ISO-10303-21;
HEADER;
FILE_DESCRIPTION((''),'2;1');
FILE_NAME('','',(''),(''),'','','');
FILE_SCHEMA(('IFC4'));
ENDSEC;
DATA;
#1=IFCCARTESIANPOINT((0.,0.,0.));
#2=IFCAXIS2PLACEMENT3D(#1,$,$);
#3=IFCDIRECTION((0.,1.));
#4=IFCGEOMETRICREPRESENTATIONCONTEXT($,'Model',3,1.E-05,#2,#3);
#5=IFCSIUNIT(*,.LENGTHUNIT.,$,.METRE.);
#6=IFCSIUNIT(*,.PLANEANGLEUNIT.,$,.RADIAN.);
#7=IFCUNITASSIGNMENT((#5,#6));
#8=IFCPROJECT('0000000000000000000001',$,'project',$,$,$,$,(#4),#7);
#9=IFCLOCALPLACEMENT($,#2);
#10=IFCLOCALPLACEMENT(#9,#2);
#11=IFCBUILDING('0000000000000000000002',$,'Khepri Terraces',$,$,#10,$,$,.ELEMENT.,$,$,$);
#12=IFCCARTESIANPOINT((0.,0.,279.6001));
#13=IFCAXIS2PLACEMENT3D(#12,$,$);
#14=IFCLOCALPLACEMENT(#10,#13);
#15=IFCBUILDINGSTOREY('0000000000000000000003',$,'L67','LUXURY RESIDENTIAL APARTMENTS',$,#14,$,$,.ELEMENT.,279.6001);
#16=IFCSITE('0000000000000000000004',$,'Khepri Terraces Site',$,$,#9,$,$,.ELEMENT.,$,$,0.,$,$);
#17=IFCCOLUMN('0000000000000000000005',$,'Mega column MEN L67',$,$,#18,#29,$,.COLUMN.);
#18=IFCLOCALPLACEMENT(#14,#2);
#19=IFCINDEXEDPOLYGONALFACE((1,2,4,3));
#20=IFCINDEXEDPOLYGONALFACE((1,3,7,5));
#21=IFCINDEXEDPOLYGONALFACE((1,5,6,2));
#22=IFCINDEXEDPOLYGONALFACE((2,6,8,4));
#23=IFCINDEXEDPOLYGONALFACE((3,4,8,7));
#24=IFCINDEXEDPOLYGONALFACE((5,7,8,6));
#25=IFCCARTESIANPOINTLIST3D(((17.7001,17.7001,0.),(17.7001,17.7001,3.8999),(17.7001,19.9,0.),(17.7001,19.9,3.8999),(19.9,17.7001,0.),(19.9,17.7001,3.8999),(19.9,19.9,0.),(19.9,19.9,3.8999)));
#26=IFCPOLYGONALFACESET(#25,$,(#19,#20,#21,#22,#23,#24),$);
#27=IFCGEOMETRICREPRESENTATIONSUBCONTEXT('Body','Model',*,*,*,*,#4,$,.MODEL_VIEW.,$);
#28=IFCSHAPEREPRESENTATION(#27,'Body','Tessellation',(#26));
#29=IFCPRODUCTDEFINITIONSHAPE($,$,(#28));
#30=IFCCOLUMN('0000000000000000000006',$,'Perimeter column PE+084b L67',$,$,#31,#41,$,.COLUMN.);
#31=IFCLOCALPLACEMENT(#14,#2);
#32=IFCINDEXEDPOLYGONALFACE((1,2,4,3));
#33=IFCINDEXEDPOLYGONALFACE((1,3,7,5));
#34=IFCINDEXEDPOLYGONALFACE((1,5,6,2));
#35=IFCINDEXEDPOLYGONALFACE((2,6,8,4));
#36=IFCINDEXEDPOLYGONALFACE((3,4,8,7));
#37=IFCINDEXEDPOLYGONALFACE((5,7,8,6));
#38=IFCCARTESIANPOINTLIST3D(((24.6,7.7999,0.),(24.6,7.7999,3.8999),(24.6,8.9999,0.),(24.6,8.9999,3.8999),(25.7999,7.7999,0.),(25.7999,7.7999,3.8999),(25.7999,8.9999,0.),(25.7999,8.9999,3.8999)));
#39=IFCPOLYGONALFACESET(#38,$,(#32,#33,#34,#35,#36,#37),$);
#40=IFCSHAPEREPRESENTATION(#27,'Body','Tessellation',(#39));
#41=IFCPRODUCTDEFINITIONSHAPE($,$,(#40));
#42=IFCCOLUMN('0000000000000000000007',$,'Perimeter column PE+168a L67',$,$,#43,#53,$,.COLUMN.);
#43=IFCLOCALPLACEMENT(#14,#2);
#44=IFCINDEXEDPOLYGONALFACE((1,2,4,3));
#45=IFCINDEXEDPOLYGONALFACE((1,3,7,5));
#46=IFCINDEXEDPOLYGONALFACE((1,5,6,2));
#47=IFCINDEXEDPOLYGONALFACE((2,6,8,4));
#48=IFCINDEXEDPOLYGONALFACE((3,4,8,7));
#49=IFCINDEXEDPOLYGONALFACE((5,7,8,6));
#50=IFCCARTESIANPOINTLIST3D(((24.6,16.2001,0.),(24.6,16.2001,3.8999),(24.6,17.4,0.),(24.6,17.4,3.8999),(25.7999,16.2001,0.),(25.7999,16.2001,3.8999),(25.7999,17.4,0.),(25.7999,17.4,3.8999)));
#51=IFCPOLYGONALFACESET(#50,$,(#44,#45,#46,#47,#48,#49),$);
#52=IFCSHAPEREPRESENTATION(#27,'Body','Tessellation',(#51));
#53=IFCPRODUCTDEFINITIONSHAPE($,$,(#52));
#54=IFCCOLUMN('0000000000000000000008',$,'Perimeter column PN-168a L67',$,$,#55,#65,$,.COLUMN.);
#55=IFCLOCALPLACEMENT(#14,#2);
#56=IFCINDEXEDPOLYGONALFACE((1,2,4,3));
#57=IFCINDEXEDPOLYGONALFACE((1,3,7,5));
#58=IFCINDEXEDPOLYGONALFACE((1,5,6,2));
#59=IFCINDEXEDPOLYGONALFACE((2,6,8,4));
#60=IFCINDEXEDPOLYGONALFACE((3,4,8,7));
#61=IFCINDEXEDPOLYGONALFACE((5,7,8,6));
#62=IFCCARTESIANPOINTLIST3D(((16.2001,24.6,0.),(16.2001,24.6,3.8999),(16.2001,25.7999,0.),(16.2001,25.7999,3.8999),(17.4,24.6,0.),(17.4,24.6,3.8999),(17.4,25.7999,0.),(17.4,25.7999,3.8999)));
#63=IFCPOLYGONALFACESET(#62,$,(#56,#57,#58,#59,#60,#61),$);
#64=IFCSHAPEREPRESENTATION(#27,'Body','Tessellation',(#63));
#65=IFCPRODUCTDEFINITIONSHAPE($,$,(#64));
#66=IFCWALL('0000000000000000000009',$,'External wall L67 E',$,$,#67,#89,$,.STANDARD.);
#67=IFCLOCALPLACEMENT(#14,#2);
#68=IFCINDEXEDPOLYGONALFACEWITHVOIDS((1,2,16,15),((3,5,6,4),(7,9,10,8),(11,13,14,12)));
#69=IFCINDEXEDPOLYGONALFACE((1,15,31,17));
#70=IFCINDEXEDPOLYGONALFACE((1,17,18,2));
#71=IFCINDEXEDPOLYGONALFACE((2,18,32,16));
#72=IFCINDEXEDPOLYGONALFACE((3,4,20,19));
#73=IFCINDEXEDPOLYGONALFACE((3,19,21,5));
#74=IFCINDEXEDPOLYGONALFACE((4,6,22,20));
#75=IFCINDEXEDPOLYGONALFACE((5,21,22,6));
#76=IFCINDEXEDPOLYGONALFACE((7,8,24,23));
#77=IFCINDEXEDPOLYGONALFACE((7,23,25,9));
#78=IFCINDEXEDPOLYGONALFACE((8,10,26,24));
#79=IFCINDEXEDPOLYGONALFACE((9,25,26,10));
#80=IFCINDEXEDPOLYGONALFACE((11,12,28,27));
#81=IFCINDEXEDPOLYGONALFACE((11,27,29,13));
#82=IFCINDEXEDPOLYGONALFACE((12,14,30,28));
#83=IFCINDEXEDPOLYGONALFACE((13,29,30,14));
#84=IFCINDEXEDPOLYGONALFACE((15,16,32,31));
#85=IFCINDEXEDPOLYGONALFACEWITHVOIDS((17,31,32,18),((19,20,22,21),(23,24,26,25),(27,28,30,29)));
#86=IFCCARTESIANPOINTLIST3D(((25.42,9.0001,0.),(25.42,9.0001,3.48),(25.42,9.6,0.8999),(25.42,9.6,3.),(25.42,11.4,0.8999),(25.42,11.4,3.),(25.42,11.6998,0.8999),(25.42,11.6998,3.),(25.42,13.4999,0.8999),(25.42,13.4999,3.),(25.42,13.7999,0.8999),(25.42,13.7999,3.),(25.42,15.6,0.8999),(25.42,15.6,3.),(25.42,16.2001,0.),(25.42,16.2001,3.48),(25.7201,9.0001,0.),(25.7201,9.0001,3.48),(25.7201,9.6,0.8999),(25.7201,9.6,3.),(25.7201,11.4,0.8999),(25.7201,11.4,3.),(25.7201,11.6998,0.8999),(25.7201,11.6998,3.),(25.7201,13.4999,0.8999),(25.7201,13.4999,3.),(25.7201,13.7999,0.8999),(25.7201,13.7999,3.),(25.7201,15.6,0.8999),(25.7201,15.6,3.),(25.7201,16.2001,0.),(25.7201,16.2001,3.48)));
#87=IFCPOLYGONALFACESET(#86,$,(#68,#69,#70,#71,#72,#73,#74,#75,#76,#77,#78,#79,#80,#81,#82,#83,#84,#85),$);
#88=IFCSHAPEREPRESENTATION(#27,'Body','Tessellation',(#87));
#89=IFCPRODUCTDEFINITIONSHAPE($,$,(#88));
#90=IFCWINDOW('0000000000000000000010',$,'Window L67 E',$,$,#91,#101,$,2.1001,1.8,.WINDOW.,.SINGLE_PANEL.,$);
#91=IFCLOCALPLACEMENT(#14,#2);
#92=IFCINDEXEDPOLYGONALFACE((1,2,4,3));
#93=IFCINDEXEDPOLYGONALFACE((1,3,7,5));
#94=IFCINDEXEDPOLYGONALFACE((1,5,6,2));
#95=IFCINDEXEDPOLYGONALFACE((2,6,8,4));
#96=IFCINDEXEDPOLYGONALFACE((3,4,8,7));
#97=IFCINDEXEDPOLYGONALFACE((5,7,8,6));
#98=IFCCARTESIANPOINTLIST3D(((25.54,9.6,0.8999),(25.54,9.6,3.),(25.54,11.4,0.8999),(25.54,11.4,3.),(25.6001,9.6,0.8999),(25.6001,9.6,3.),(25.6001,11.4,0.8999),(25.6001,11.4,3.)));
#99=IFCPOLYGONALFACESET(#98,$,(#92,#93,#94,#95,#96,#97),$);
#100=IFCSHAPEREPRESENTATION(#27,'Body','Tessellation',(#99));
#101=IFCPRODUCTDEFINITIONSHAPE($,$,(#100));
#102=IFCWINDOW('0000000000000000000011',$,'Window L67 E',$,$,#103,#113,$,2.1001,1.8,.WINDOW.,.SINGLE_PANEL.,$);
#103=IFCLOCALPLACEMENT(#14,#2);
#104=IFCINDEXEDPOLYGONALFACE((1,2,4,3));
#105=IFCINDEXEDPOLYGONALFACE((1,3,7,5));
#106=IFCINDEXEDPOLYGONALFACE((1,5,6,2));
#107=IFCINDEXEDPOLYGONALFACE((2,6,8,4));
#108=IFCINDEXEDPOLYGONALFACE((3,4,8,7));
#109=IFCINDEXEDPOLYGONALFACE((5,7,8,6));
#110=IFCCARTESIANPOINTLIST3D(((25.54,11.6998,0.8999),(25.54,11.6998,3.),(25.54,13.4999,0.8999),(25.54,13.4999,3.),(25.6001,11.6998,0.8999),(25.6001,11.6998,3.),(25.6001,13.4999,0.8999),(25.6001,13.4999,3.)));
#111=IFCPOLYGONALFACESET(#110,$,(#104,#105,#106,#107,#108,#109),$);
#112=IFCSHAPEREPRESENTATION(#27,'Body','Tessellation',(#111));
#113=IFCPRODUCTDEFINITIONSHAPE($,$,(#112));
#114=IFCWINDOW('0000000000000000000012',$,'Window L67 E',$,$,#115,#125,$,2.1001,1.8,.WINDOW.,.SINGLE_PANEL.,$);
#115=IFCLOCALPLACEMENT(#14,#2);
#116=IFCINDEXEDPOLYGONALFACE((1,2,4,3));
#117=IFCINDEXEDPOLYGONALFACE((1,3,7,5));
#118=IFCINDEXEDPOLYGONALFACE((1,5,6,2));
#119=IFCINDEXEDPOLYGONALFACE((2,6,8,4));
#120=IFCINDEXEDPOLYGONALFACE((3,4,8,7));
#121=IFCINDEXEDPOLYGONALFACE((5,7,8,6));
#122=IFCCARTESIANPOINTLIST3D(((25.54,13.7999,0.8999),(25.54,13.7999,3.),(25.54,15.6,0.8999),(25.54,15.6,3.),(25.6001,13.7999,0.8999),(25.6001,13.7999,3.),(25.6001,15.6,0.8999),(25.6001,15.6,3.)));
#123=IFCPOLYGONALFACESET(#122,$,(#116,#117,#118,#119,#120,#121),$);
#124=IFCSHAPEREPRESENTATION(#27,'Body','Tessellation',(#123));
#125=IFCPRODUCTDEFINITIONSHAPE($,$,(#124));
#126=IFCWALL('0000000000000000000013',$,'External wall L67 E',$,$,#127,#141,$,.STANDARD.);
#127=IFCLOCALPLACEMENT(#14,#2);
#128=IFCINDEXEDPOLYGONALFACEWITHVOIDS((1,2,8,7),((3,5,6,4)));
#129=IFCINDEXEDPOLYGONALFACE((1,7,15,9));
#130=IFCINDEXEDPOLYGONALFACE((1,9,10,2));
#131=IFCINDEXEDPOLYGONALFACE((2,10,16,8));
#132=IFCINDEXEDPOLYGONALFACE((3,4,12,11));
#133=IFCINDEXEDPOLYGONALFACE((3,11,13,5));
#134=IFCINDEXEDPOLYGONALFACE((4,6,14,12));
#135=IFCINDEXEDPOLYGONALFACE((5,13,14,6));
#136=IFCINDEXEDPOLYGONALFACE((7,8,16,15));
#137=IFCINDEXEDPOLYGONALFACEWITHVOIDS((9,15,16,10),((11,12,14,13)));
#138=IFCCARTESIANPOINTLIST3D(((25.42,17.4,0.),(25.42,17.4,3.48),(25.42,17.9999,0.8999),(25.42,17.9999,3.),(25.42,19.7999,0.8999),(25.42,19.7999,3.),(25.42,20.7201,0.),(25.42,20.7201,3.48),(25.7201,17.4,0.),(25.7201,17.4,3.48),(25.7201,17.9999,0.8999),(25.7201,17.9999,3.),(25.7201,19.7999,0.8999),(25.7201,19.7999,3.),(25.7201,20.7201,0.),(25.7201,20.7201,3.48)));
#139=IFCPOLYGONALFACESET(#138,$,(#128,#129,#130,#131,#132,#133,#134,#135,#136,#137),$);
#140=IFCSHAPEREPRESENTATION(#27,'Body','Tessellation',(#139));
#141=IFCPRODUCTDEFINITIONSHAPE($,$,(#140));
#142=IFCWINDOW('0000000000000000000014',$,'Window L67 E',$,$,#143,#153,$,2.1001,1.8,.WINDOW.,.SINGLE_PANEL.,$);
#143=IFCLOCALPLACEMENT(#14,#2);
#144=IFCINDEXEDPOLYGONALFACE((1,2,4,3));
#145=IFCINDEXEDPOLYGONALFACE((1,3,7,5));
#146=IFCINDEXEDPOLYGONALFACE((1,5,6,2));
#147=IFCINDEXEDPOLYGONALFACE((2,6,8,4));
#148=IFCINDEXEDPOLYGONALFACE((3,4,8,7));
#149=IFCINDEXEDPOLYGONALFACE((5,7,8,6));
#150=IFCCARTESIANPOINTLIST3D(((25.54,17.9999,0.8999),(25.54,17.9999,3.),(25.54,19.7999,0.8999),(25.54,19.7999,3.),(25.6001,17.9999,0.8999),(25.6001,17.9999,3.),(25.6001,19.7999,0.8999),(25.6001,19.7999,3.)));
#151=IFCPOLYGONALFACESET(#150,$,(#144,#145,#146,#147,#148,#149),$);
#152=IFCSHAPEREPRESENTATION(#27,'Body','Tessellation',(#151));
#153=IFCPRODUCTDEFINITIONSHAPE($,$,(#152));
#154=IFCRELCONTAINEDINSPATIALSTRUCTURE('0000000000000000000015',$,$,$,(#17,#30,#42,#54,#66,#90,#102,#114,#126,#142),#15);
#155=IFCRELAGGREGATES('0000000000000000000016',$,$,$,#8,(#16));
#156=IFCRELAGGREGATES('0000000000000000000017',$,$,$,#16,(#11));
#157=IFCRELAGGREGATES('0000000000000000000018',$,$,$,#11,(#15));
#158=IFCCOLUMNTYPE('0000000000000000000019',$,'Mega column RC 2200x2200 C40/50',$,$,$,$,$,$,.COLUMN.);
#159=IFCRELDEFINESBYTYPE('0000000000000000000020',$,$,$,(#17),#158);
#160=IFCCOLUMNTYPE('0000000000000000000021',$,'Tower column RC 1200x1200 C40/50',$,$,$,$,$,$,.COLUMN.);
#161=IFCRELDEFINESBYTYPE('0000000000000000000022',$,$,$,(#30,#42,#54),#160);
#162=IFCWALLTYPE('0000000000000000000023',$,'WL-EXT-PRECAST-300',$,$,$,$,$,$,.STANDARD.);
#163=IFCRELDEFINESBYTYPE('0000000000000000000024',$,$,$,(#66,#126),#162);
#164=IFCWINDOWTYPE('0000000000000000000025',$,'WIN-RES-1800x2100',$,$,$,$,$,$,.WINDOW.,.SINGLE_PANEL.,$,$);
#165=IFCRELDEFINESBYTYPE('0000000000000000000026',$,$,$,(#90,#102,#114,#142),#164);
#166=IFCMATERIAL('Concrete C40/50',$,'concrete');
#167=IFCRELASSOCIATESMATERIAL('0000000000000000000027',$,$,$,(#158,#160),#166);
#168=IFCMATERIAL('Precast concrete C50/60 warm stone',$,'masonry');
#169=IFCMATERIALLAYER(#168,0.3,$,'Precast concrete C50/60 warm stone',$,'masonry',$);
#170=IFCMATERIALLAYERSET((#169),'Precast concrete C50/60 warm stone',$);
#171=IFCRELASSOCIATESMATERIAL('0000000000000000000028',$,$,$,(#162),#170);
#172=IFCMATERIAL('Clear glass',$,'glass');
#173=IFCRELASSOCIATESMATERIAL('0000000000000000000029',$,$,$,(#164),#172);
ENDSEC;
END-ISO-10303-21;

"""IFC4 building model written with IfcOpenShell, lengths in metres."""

from ifc_helpers import new_model, si_unit, direction, frame, frame_2d, origin, origin_2d, place, context, subcontext, project, spatial, rectangle, extrude, material, layer, layer_set, material_profile, profile_set, type_object, element, fill, save


model = new_model("IFC4")

# Units and contexts
model_context = context("Model", 3, precision=1e-05, world=origin(), true_north=direction((0.0, 1.0)))
body_context = subcontext(model_context, "Body", "Model", "MODEL_VIEW")
ifc_project = project(units=[si_unit("LENGTHUNIT", "METRE"), si_unit("PLANEANGLEUNIT", "RADIAN")], contexts=[model_context])

# Site, building, storey
site_placement = place(None, origin())
site = spatial("IfcSite", under=ifc_project, at=site_placement, Name="Khepri Terraces Site", CompositionType="ELEMENT", RefElevation=0.0)
building_placement = place(site_placement, origin())
building = spatial("IfcBuilding", under=site, at=building_placement, Name="Khepri Terraces", CompositionType="ELEMENT")
storey_placement = place(building_placement, frame((0.0, 0.0, 279.6001)))
storey = spatial("IfcBuildingStorey", under=building, at=storey_placement, Name="L67", Description="LUXURY RESIDENTIAL APARTMENTS", CompositionType="ELEMENT", Elevation=279.6001)

# Columns
ifc_material_1 = material(Name="Concrete C40/50", Category="concrete")
ifc_material_profile_1 = material_profile(ifc_material_1, rectangle(XDim=2.2, YDim=2.2, at=origin_2d()), Name="Concrete C40/50", Category="concrete")
ifc_profile_set_1 = profile_set([ifc_material_profile_1], Name="Concrete C40/50")
column_type_1 = type_object("IfcColumnType", Name="Mega column RC 2200x2200 C40/50", PredefinedType="COLUMN", material=ifc_profile_set_1)
column_placement = place(storey_placement, frame((18.8, 18.8, 0.0), z_axis=(0.0, 0.0, 1.0), x_axis=(1.0, 0.0, 0.0)))
element("IfcColumn", 1, at=column_placement, inside=storey, type_object=column_type_1, Name="Mega column MEN L67", PredefinedType="COLUMN", context=body_context, shape_type="SweptSolid", body=[
    extrude(rectangle(XDim=2.2, YDim=2.2, at=origin_2d()), origin(), (0.0, 0.0, 1.0), 3.8999),
])
ifc_material_profile_2 = material_profile(ifc_material_1, rectangle(XDim=1.2, YDim=1.2, at=origin_2d()), Name="Concrete C40/50", Category="concrete")
ifc_profile_set_2 = profile_set([ifc_material_profile_2], Name="Concrete C40/50")
column_type_2 = type_object("IfcColumnType", Name="Tower column RC 1200x1200 C40/50", PredefinedType="COLUMN", material=ifc_profile_set_2)
for number, where, z_axis, x_axis, name in (
    (2, (25.2, 8.3999, 0.0), (0.0, 0.0, 1.0), (1.0, 0.0, 0.0), "Perimeter column PE+084b L67"),
    (3, (25.2, 16.8, 0.0), (0.0, 0.0, 1.0), (1.0, 0.0, 0.0), "Perimeter column PE+168a L67"),
    (4, (16.8, 25.2, 0.0), (0.0, 0.0, 1.0), (1.0, 0.0, 0.0), "Perimeter column PN-168a L67"),
):
    element("IfcColumn", number, at=place(storey_placement, frame(where, z_axis=z_axis, x_axis=x_axis)), inside=storey, type_object=column_type_2, Name=name, PredefinedType="COLUMN", context=body_context, shape_type="SweptSolid", body=[
        extrude(rectangle(XDim=1.2, YDim=1.2, at=origin_2d()), origin(), (0.0, 0.0, 1.0), 3.8999),
    ])

# Wall, openings, windows
ifc_material_2 = material(Name="Precast concrete C50/60 warm stone", Category="masonry")
ifc_layer_1 = layer(ifc_material_2, 0.3, Name="Precast concrete C50/60 warm stone", Category="masonry")
ifc_layer_set_1 = layer_set([ifc_layer_1], Name="Precast concrete C50/60 warm stone")
wall_type_1 = type_object("IfcWallType", Name="WL-EXT-PRECAST-300", PredefinedType="STANDARD", material=ifc_layer_set_1)
wall_1_placement = place(storey_placement, frame((25.5701, 9.0, 0.0), z_axis=(0.0, 0.0, 1.0), x_axis=(0.0, 1.0, 0.0)))
wall_1 = element("IfcWall", 5, at=wall_1_placement, inside=storey, type_object=wall_type_1, Name="External wall L67 E", PredefinedType="STANDARD", context=body_context, shape_type="SweptSolid", body=[
    extrude(rectangle(XDim=7.2, YDim=0.3, at=frame_2d((3.6001, 0.0))), origin(), (0.0, 0.0, 1.0), 3.48),
])
opening_1_placement = place(wall_1_placement, frame((0.6001, 0.0, 0.8999)))
opening_1 = element("IfcOpeningElement", 6, at=opening_1_placement, cuts=wall_1, PredefinedType="OPENING", context=body_context, shape_type="SweptSolid", body=[
    extrude(rectangle(XDim=1.8, YDim=2.1001, at=frame_2d((0.8999, 1.05))), frame((0.0, 0.1602, 0.0), z_axis=(0.0, -1.0, 0.0), x_axis=(1.0, 0.0, 0.0)), (0.0, 0.0, 1.0), 0.3201),
])
opening_2_placement = place(wall_1_placement, frame((2.7, 0.0, 0.8999)))
opening_2 = element("IfcOpeningElement", 7, at=opening_2_placement, cuts=wall_1, PredefinedType="OPENING", context=body_context, shape_type="SweptSolid", body=[
    extrude(rectangle(XDim=1.8, YDim=2.1001, at=frame_2d((0.8999, 1.05))), frame((0.0, 0.1602, 0.0), z_axis=(0.0, -1.0, 0.0), x_axis=(1.0, 0.0, 0.0)), (0.0, 0.0, 1.0), 0.3201),
])
opening_3_placement = place(wall_1_placement, frame((4.8, 0.0, 0.8999)))
opening_3 = element("IfcOpeningElement", 8, at=opening_3_placement, cuts=wall_1, PredefinedType="OPENING", context=body_context, shape_type="SweptSolid", body=[
    extrude(rectangle(XDim=1.8, YDim=2.1001, at=frame_2d((0.8999, 1.05))), frame((0.0, 0.1602, 0.0), z_axis=(0.0, -1.0, 0.0), x_axis=(1.0, 0.0, 0.0)), (0.0, 0.0, 1.0), 0.3201),
])
ifc_material_3 = material(Name="Clear glass", Category="glass")
window_type = type_object("IfcWindowType", Name="WIN-RES-1800x2100", PartitioningType="SINGLE_PANEL", PredefinedType="WINDOW", material=ifc_material_3)
window_1_placement = place(opening_1_placement, origin())
window_1 = element("IfcWindow", 9, at=window_1_placement, inside=storey, type_object=window_type, Name="Window L67 E", OverallHeight=2.1001, OverallWidth=1.8, PartitioningType="SINGLE_PANEL", PredefinedType="WINDOW", context=body_context, shape_type="SweptSolid", body=[
    extrude(rectangle(XDim=1.8, YDim=2.1001, at=frame_2d((0.8999, 1.05))), frame((0.0, 0.03, 0.0), z_axis=(0.0, -1.0, 0.0), x_axis=(1.0, 0.0, 0.0)), (0.0, 0.0, 1.0), 0.0601),
])
fill(opening_1, window_1)
window_2_placement = place(opening_2_placement, origin())
window_2 = element("IfcWindow", 10, at=window_2_placement, inside=storey, type_object=window_type, Name="Window L67 E", OverallHeight=2.1001, OverallWidth=1.8, PartitioningType="SINGLE_PANEL", PredefinedType="WINDOW", context=body_context, shape_type="SweptSolid", body=[
    extrude(rectangle(XDim=1.8, YDim=2.1001, at=frame_2d((0.8999, 1.05))), frame((0.0, 0.03, 0.0), z_axis=(0.0, -1.0, 0.0), x_axis=(1.0, 0.0, 0.0)), (0.0, 0.0, 1.0), 0.0601),
])
fill(opening_2, window_2)
window_3_placement = place(opening_3_placement, origin())
window_3 = element("IfcWindow", 11, at=window_3_placement, inside=storey, type_object=window_type, Name="Window L67 E", OverallHeight=2.1001, OverallWidth=1.8, PartitioningType="SINGLE_PANEL", PredefinedType="WINDOW", context=body_context, shape_type="SweptSolid", body=[
    extrude(rectangle(XDim=1.8, YDim=2.1001, at=frame_2d((0.8999, 1.05))), frame((0.0, 0.03, 0.0), z_axis=(0.0, -1.0, 0.0), x_axis=(1.0, 0.0, 0.0)), (0.0, 0.0, 1.0), 0.0601),
])
fill(opening_3, window_3)

# Wall, opening, window
wall_2_placement = place(storey_placement, frame((25.5701, 17.3999, 0.0), z_axis=(0.0, 0.0, 1.0), x_axis=(0.0, 1.0, 0.0)))
wall_2 = element("IfcWall", 12, at=wall_2_placement, inside=storey, type_object=wall_type_1, Name="External wall L67 E", PredefinedType="STANDARD", context=body_context, shape_type="SweptSolid", body=[
    extrude(rectangle(XDim=3.3201, YDim=0.3, at=frame_2d((1.6602, 0.0))), origin(), (0.0, 0.0, 1.0), 3.48),
])
opening_4_placement = place(wall_2_placement, frame((0.6001, 0.0, 0.8999)))
opening_4 = element("IfcOpeningElement", 13, at=opening_4_placement, cuts=wall_2, PredefinedType="OPENING", context=body_context, shape_type="SweptSolid", body=[
    extrude(rectangle(XDim=1.8, YDim=2.1001, at=frame_2d((0.8999, 1.05))), frame((0.0, 0.1602, 0.0), z_axis=(0.0, -1.0, 0.0), x_axis=(1.0, 0.0, 0.0)), (0.0, 0.0, 1.0), 0.3201),
])
window_4_placement = place(opening_4_placement, origin())
window_4 = element("IfcWindow", 14, at=window_4_placement, inside=storey, type_object=window_type, Name="Window L67 E", OverallHeight=2.1001, OverallWidth=1.8, PartitioningType="SINGLE_PANEL", PredefinedType="WINDOW", context=body_context, shape_type="SweptSolid", body=[
    extrude(rectangle(XDim=1.8, YDim=2.1001, at=frame_2d((0.8999, 1.05))), frame((0.0, 0.03, 0.0), z_axis=(0.0, -1.0, 0.0), x_axis=(1.0, 0.0, 0.0)), (0.0, 0.0, 1.0), 0.0601),
])
fill(opening_4, window_4)

save(model, "model.ifc")
